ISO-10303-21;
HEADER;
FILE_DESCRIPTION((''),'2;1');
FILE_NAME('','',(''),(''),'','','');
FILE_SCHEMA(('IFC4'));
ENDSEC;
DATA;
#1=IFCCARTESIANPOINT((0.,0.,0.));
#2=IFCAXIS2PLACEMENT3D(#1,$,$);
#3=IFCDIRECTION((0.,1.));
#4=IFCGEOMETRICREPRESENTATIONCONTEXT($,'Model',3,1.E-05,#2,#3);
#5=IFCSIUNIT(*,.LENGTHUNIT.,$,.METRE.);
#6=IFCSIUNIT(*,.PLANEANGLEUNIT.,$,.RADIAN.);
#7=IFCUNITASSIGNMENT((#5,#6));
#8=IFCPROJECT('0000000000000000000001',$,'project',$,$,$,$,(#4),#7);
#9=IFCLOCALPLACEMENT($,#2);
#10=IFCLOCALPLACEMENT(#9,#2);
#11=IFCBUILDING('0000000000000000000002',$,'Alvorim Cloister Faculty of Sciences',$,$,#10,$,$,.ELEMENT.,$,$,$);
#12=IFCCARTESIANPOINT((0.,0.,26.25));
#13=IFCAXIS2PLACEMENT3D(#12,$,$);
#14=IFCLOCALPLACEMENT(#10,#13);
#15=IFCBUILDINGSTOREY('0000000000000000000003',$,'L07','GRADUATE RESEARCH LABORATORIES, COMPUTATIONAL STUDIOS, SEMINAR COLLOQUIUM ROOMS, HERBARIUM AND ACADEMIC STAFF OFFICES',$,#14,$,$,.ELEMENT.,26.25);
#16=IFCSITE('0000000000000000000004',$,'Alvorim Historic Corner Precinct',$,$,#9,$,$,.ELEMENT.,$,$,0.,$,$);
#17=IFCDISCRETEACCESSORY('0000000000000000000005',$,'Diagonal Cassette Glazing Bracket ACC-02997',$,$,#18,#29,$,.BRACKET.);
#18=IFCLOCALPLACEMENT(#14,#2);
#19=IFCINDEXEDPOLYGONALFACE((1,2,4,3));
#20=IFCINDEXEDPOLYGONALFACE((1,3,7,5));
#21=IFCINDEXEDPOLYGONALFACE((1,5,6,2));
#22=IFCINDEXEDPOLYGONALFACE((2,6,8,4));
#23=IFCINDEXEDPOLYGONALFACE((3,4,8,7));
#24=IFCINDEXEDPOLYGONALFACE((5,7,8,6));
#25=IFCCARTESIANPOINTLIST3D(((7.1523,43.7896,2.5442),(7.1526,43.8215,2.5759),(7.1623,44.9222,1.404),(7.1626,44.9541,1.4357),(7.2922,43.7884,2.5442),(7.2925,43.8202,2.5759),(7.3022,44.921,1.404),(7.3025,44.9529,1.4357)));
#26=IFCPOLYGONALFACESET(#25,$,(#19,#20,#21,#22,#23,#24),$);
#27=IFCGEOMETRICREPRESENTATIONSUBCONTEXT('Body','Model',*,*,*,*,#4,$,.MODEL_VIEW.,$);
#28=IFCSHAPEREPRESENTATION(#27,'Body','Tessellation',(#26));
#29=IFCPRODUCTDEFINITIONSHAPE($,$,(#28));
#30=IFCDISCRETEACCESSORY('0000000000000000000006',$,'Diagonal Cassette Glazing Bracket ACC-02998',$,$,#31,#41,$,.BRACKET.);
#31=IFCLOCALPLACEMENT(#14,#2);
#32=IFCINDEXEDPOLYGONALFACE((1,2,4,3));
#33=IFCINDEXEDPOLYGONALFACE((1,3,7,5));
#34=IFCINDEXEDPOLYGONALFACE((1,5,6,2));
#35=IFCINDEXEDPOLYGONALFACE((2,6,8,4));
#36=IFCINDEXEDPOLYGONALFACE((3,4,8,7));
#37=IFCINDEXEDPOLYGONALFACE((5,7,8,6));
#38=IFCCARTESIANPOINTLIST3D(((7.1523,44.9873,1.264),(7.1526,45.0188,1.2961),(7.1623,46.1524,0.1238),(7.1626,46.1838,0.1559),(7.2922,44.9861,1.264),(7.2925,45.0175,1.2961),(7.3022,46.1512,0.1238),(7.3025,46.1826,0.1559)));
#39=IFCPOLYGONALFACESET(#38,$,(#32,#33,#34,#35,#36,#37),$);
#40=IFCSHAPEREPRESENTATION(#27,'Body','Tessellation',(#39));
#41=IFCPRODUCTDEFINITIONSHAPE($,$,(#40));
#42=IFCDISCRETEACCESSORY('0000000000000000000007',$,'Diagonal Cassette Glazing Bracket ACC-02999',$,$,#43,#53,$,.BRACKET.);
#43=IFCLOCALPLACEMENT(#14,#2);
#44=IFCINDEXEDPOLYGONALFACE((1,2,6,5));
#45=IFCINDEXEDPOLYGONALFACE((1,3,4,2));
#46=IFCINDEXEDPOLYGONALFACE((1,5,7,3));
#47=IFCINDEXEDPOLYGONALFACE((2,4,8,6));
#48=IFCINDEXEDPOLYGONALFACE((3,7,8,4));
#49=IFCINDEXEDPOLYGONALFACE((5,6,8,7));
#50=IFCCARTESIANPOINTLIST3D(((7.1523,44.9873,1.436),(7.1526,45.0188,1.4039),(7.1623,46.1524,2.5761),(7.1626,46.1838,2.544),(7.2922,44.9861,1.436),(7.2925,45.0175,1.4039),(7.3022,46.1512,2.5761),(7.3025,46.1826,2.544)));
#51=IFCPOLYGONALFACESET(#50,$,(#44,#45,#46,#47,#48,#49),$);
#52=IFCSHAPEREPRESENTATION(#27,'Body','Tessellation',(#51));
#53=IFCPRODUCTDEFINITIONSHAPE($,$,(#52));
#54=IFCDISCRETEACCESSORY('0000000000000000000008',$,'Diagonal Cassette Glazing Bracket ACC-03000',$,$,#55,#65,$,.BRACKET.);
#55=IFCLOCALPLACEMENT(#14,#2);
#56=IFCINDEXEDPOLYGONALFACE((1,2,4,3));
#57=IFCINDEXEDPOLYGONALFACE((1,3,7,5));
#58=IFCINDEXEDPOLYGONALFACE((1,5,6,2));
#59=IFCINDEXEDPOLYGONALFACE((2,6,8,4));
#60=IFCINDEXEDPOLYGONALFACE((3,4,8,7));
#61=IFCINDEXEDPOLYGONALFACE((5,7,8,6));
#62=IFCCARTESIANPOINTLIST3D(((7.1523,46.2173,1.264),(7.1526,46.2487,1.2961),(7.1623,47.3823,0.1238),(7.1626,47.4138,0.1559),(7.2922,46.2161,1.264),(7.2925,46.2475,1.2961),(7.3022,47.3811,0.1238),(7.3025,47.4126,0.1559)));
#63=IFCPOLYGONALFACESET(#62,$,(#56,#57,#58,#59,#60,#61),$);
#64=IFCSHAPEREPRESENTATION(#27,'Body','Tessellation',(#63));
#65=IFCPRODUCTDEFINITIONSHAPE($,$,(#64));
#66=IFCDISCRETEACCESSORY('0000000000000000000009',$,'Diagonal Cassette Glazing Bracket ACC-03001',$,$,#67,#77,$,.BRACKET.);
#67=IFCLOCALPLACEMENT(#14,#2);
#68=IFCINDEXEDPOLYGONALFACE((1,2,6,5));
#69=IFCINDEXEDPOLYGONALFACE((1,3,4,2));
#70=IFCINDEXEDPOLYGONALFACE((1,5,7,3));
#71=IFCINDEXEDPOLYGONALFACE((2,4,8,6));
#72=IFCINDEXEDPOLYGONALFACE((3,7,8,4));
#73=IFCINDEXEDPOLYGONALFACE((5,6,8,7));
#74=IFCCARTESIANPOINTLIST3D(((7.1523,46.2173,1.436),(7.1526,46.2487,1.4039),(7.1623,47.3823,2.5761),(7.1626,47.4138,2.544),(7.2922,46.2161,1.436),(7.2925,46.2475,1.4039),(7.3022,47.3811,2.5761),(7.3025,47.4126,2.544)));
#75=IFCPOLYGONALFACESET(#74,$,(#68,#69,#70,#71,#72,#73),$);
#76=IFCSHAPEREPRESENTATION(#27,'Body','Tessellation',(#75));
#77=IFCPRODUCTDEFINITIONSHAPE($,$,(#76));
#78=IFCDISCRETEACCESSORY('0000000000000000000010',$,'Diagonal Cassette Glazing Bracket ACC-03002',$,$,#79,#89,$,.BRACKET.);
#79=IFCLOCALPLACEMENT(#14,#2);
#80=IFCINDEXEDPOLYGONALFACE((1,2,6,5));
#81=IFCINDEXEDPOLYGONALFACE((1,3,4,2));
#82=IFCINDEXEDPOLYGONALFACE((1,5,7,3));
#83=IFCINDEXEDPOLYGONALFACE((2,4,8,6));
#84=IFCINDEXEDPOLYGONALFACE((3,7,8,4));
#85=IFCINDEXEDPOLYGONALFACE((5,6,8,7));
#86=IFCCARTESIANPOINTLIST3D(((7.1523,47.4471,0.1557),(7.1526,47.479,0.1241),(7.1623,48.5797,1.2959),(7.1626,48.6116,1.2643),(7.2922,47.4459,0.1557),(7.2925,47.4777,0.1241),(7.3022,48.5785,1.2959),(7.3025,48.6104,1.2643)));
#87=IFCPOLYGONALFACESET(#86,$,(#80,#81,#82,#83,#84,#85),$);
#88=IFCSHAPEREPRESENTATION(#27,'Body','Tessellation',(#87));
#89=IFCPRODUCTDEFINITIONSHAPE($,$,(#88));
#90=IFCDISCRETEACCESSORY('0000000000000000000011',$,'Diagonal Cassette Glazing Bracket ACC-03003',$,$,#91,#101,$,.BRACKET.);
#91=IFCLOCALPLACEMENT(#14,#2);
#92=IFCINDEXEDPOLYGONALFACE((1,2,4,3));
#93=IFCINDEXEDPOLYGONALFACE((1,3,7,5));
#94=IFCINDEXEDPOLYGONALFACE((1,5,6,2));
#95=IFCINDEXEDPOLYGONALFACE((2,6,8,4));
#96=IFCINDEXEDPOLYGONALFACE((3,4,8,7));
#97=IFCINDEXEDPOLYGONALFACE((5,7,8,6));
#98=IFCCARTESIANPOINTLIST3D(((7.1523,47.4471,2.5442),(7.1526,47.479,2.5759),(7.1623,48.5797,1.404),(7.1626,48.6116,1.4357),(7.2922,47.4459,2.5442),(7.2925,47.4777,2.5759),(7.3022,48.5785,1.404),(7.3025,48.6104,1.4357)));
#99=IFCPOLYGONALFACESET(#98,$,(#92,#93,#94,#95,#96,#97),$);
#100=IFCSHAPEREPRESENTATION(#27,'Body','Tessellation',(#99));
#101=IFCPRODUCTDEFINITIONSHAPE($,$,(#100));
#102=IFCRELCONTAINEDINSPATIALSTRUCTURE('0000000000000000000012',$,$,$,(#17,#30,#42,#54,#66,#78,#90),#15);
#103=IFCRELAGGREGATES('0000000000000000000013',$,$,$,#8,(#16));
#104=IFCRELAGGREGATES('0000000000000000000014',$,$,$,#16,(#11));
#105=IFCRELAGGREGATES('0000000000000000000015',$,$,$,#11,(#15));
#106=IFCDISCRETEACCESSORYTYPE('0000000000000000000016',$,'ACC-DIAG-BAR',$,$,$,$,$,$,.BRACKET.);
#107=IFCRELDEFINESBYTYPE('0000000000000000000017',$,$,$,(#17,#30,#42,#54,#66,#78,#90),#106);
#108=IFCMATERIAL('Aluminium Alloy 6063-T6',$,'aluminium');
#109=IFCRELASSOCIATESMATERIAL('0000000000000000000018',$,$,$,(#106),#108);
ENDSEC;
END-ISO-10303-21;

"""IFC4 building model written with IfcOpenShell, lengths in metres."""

from ifc_helpers import new_model, si_unit, direction, frame, origin, origin_2d, place, context, subcontext, project, spatial, rectangle, extrude, material, type_object, element, save


model = new_model("IFC4")

# Units and contexts
model_context = context("Model", 3, precision=1e-05, world=origin(), true_north=direction((0.0, 1.0)))
body_context = subcontext(model_context, "Body", "Model", "MODEL_VIEW")
ifc_project = project(units=[si_unit("LENGTHUNIT", "METRE"), si_unit("PLANEANGLEUNIT", "RADIAN")], contexts=[model_context])

# Site, building, storey
site_placement = place(None, origin())
site = spatial("IfcSite", under=ifc_project, at=site_placement, Name="Alvorim Historic Corner Precinct", CompositionType="ELEMENT", RefElevation=0.0)
building_placement = place(site_placement, origin())
building = spatial("IfcBuilding", under=site, at=building_placement, Name="Alvorim Cloister Faculty of Sciences", CompositionType="ELEMENT")
storey_placement = place(building_placement, frame((0.0, 0.0, 26.25)))
storey = spatial("IfcBuildingStorey", under=building, at=storey_placement, Name="L07", Description="GRADUATE RESEARCH LABORATORIES, COMPUTATIONAL STUDIOS, SEMINAR COLLOQUIUM ROOMS, HERBARIUM AND ACADEMIC STAFF OFFICES", CompositionType="ELEMENT", Elevation=26.25)

# Shared definitions
ifc_material_1 = material(Name="Aluminium Alloy 6063-T6", Category="aluminium")

# Discrete accessories
discrete_accessory_type = type_object("IfcDiscreteAccessoryType", Name="ACC-DIAG-BAR", PredefinedType="BRACKET", material=ifc_material_1)
for number, where, z_axis, x_axis, name in (
    (1, (7.2224, 43.8049, 2.5601), (0.006229, 0.704734, -0.709444), (-0.999961, 0.008838, 0.0), "Diagonal Cassette Glazing Bracket ACC-02997"),
):
    element("IfcDiscreteAccessory", number, at=place(storey_placement, frame(where, z_axis=z_axis, x_axis=x_axis)), inside=storey, type_object=discrete_accessory_type, Name=name, PredefinedType="BRACKET", context=body_context, shape_type="SweptSolid", body=[
        extrude(rectangle(XDim=0.1399, YDim=0.0449, at=origin_2d()), origin(), (0.0, 0.0, 1.0), 1.6072),
    ])
for number, where, z_axis, x_axis, name in (
    (2, (7.2224, 45.0024, 1.28), (0.00614, 0.71469, -0.699414), (-0.999963, 0.008591, 0.0), "Diagonal Cassette Glazing Bracket ACC-02998"),
    (3, (7.2224, 45.0024, 1.4199), (0.00614, 0.71469, 0.699414), (-0.999963, 0.008591, 0.0), "Diagonal Cassette Glazing Bracket ACC-02999"),
    (4, (7.2224, 46.2324, 1.28), (0.00614, 0.71469, -0.699414), (-0.999963, 0.008591, 0.0), "Diagonal Cassette Glazing Bracket ACC-03000"),
    (5, (7.2224, 46.2324, 1.4199), (0.00614, 0.71469, 0.699414), (-0.999963, 0.008591, 0.0), "Diagonal Cassette Glazing Bracket ACC-03001"),
):
    element("IfcDiscreteAccessory", number, at=place(storey_placement, frame(where, z_axis=z_axis, x_axis=x_axis)), inside=storey, type_object=discrete_accessory_type, Name=name, PredefinedType="BRACKET", context=body_context, shape_type="SweptSolid", body=[
        extrude(rectangle(XDim=0.1399, YDim=0.0449, at=origin_2d()), origin(), (0.0, 0.0, 1.0), 1.6301),
    ])
for number, where, z_axis, x_axis, name in (
    (6, (7.2224, 47.4624, 0.1399), (0.006229, 0.704734, 0.709444), (-0.999961, 0.008838, 0.0), "Diagonal Cassette Glazing Bracket ACC-03002"),
    (7, (7.2224, 47.4624, 2.5601), (0.006229, 0.704734, -0.709444), (-0.999961, 0.008838, 0.0), "Diagonal Cassette Glazing Bracket ACC-03003"),
):
    element("IfcDiscreteAccessory", number, at=place(storey_placement, frame(where, z_axis=z_axis, x_axis=x_axis)), inside=storey, type_object=discrete_accessory_type, Name=name, PredefinedType="BRACKET", context=body_context, shape_type="SweptSolid", body=[
        extrude(rectangle(XDim=0.1399, YDim=0.0449, at=origin_2d()), origin(), (0.0, 0.0, 1.0), 1.6072),
    ])

save(model, "model.ifc")
